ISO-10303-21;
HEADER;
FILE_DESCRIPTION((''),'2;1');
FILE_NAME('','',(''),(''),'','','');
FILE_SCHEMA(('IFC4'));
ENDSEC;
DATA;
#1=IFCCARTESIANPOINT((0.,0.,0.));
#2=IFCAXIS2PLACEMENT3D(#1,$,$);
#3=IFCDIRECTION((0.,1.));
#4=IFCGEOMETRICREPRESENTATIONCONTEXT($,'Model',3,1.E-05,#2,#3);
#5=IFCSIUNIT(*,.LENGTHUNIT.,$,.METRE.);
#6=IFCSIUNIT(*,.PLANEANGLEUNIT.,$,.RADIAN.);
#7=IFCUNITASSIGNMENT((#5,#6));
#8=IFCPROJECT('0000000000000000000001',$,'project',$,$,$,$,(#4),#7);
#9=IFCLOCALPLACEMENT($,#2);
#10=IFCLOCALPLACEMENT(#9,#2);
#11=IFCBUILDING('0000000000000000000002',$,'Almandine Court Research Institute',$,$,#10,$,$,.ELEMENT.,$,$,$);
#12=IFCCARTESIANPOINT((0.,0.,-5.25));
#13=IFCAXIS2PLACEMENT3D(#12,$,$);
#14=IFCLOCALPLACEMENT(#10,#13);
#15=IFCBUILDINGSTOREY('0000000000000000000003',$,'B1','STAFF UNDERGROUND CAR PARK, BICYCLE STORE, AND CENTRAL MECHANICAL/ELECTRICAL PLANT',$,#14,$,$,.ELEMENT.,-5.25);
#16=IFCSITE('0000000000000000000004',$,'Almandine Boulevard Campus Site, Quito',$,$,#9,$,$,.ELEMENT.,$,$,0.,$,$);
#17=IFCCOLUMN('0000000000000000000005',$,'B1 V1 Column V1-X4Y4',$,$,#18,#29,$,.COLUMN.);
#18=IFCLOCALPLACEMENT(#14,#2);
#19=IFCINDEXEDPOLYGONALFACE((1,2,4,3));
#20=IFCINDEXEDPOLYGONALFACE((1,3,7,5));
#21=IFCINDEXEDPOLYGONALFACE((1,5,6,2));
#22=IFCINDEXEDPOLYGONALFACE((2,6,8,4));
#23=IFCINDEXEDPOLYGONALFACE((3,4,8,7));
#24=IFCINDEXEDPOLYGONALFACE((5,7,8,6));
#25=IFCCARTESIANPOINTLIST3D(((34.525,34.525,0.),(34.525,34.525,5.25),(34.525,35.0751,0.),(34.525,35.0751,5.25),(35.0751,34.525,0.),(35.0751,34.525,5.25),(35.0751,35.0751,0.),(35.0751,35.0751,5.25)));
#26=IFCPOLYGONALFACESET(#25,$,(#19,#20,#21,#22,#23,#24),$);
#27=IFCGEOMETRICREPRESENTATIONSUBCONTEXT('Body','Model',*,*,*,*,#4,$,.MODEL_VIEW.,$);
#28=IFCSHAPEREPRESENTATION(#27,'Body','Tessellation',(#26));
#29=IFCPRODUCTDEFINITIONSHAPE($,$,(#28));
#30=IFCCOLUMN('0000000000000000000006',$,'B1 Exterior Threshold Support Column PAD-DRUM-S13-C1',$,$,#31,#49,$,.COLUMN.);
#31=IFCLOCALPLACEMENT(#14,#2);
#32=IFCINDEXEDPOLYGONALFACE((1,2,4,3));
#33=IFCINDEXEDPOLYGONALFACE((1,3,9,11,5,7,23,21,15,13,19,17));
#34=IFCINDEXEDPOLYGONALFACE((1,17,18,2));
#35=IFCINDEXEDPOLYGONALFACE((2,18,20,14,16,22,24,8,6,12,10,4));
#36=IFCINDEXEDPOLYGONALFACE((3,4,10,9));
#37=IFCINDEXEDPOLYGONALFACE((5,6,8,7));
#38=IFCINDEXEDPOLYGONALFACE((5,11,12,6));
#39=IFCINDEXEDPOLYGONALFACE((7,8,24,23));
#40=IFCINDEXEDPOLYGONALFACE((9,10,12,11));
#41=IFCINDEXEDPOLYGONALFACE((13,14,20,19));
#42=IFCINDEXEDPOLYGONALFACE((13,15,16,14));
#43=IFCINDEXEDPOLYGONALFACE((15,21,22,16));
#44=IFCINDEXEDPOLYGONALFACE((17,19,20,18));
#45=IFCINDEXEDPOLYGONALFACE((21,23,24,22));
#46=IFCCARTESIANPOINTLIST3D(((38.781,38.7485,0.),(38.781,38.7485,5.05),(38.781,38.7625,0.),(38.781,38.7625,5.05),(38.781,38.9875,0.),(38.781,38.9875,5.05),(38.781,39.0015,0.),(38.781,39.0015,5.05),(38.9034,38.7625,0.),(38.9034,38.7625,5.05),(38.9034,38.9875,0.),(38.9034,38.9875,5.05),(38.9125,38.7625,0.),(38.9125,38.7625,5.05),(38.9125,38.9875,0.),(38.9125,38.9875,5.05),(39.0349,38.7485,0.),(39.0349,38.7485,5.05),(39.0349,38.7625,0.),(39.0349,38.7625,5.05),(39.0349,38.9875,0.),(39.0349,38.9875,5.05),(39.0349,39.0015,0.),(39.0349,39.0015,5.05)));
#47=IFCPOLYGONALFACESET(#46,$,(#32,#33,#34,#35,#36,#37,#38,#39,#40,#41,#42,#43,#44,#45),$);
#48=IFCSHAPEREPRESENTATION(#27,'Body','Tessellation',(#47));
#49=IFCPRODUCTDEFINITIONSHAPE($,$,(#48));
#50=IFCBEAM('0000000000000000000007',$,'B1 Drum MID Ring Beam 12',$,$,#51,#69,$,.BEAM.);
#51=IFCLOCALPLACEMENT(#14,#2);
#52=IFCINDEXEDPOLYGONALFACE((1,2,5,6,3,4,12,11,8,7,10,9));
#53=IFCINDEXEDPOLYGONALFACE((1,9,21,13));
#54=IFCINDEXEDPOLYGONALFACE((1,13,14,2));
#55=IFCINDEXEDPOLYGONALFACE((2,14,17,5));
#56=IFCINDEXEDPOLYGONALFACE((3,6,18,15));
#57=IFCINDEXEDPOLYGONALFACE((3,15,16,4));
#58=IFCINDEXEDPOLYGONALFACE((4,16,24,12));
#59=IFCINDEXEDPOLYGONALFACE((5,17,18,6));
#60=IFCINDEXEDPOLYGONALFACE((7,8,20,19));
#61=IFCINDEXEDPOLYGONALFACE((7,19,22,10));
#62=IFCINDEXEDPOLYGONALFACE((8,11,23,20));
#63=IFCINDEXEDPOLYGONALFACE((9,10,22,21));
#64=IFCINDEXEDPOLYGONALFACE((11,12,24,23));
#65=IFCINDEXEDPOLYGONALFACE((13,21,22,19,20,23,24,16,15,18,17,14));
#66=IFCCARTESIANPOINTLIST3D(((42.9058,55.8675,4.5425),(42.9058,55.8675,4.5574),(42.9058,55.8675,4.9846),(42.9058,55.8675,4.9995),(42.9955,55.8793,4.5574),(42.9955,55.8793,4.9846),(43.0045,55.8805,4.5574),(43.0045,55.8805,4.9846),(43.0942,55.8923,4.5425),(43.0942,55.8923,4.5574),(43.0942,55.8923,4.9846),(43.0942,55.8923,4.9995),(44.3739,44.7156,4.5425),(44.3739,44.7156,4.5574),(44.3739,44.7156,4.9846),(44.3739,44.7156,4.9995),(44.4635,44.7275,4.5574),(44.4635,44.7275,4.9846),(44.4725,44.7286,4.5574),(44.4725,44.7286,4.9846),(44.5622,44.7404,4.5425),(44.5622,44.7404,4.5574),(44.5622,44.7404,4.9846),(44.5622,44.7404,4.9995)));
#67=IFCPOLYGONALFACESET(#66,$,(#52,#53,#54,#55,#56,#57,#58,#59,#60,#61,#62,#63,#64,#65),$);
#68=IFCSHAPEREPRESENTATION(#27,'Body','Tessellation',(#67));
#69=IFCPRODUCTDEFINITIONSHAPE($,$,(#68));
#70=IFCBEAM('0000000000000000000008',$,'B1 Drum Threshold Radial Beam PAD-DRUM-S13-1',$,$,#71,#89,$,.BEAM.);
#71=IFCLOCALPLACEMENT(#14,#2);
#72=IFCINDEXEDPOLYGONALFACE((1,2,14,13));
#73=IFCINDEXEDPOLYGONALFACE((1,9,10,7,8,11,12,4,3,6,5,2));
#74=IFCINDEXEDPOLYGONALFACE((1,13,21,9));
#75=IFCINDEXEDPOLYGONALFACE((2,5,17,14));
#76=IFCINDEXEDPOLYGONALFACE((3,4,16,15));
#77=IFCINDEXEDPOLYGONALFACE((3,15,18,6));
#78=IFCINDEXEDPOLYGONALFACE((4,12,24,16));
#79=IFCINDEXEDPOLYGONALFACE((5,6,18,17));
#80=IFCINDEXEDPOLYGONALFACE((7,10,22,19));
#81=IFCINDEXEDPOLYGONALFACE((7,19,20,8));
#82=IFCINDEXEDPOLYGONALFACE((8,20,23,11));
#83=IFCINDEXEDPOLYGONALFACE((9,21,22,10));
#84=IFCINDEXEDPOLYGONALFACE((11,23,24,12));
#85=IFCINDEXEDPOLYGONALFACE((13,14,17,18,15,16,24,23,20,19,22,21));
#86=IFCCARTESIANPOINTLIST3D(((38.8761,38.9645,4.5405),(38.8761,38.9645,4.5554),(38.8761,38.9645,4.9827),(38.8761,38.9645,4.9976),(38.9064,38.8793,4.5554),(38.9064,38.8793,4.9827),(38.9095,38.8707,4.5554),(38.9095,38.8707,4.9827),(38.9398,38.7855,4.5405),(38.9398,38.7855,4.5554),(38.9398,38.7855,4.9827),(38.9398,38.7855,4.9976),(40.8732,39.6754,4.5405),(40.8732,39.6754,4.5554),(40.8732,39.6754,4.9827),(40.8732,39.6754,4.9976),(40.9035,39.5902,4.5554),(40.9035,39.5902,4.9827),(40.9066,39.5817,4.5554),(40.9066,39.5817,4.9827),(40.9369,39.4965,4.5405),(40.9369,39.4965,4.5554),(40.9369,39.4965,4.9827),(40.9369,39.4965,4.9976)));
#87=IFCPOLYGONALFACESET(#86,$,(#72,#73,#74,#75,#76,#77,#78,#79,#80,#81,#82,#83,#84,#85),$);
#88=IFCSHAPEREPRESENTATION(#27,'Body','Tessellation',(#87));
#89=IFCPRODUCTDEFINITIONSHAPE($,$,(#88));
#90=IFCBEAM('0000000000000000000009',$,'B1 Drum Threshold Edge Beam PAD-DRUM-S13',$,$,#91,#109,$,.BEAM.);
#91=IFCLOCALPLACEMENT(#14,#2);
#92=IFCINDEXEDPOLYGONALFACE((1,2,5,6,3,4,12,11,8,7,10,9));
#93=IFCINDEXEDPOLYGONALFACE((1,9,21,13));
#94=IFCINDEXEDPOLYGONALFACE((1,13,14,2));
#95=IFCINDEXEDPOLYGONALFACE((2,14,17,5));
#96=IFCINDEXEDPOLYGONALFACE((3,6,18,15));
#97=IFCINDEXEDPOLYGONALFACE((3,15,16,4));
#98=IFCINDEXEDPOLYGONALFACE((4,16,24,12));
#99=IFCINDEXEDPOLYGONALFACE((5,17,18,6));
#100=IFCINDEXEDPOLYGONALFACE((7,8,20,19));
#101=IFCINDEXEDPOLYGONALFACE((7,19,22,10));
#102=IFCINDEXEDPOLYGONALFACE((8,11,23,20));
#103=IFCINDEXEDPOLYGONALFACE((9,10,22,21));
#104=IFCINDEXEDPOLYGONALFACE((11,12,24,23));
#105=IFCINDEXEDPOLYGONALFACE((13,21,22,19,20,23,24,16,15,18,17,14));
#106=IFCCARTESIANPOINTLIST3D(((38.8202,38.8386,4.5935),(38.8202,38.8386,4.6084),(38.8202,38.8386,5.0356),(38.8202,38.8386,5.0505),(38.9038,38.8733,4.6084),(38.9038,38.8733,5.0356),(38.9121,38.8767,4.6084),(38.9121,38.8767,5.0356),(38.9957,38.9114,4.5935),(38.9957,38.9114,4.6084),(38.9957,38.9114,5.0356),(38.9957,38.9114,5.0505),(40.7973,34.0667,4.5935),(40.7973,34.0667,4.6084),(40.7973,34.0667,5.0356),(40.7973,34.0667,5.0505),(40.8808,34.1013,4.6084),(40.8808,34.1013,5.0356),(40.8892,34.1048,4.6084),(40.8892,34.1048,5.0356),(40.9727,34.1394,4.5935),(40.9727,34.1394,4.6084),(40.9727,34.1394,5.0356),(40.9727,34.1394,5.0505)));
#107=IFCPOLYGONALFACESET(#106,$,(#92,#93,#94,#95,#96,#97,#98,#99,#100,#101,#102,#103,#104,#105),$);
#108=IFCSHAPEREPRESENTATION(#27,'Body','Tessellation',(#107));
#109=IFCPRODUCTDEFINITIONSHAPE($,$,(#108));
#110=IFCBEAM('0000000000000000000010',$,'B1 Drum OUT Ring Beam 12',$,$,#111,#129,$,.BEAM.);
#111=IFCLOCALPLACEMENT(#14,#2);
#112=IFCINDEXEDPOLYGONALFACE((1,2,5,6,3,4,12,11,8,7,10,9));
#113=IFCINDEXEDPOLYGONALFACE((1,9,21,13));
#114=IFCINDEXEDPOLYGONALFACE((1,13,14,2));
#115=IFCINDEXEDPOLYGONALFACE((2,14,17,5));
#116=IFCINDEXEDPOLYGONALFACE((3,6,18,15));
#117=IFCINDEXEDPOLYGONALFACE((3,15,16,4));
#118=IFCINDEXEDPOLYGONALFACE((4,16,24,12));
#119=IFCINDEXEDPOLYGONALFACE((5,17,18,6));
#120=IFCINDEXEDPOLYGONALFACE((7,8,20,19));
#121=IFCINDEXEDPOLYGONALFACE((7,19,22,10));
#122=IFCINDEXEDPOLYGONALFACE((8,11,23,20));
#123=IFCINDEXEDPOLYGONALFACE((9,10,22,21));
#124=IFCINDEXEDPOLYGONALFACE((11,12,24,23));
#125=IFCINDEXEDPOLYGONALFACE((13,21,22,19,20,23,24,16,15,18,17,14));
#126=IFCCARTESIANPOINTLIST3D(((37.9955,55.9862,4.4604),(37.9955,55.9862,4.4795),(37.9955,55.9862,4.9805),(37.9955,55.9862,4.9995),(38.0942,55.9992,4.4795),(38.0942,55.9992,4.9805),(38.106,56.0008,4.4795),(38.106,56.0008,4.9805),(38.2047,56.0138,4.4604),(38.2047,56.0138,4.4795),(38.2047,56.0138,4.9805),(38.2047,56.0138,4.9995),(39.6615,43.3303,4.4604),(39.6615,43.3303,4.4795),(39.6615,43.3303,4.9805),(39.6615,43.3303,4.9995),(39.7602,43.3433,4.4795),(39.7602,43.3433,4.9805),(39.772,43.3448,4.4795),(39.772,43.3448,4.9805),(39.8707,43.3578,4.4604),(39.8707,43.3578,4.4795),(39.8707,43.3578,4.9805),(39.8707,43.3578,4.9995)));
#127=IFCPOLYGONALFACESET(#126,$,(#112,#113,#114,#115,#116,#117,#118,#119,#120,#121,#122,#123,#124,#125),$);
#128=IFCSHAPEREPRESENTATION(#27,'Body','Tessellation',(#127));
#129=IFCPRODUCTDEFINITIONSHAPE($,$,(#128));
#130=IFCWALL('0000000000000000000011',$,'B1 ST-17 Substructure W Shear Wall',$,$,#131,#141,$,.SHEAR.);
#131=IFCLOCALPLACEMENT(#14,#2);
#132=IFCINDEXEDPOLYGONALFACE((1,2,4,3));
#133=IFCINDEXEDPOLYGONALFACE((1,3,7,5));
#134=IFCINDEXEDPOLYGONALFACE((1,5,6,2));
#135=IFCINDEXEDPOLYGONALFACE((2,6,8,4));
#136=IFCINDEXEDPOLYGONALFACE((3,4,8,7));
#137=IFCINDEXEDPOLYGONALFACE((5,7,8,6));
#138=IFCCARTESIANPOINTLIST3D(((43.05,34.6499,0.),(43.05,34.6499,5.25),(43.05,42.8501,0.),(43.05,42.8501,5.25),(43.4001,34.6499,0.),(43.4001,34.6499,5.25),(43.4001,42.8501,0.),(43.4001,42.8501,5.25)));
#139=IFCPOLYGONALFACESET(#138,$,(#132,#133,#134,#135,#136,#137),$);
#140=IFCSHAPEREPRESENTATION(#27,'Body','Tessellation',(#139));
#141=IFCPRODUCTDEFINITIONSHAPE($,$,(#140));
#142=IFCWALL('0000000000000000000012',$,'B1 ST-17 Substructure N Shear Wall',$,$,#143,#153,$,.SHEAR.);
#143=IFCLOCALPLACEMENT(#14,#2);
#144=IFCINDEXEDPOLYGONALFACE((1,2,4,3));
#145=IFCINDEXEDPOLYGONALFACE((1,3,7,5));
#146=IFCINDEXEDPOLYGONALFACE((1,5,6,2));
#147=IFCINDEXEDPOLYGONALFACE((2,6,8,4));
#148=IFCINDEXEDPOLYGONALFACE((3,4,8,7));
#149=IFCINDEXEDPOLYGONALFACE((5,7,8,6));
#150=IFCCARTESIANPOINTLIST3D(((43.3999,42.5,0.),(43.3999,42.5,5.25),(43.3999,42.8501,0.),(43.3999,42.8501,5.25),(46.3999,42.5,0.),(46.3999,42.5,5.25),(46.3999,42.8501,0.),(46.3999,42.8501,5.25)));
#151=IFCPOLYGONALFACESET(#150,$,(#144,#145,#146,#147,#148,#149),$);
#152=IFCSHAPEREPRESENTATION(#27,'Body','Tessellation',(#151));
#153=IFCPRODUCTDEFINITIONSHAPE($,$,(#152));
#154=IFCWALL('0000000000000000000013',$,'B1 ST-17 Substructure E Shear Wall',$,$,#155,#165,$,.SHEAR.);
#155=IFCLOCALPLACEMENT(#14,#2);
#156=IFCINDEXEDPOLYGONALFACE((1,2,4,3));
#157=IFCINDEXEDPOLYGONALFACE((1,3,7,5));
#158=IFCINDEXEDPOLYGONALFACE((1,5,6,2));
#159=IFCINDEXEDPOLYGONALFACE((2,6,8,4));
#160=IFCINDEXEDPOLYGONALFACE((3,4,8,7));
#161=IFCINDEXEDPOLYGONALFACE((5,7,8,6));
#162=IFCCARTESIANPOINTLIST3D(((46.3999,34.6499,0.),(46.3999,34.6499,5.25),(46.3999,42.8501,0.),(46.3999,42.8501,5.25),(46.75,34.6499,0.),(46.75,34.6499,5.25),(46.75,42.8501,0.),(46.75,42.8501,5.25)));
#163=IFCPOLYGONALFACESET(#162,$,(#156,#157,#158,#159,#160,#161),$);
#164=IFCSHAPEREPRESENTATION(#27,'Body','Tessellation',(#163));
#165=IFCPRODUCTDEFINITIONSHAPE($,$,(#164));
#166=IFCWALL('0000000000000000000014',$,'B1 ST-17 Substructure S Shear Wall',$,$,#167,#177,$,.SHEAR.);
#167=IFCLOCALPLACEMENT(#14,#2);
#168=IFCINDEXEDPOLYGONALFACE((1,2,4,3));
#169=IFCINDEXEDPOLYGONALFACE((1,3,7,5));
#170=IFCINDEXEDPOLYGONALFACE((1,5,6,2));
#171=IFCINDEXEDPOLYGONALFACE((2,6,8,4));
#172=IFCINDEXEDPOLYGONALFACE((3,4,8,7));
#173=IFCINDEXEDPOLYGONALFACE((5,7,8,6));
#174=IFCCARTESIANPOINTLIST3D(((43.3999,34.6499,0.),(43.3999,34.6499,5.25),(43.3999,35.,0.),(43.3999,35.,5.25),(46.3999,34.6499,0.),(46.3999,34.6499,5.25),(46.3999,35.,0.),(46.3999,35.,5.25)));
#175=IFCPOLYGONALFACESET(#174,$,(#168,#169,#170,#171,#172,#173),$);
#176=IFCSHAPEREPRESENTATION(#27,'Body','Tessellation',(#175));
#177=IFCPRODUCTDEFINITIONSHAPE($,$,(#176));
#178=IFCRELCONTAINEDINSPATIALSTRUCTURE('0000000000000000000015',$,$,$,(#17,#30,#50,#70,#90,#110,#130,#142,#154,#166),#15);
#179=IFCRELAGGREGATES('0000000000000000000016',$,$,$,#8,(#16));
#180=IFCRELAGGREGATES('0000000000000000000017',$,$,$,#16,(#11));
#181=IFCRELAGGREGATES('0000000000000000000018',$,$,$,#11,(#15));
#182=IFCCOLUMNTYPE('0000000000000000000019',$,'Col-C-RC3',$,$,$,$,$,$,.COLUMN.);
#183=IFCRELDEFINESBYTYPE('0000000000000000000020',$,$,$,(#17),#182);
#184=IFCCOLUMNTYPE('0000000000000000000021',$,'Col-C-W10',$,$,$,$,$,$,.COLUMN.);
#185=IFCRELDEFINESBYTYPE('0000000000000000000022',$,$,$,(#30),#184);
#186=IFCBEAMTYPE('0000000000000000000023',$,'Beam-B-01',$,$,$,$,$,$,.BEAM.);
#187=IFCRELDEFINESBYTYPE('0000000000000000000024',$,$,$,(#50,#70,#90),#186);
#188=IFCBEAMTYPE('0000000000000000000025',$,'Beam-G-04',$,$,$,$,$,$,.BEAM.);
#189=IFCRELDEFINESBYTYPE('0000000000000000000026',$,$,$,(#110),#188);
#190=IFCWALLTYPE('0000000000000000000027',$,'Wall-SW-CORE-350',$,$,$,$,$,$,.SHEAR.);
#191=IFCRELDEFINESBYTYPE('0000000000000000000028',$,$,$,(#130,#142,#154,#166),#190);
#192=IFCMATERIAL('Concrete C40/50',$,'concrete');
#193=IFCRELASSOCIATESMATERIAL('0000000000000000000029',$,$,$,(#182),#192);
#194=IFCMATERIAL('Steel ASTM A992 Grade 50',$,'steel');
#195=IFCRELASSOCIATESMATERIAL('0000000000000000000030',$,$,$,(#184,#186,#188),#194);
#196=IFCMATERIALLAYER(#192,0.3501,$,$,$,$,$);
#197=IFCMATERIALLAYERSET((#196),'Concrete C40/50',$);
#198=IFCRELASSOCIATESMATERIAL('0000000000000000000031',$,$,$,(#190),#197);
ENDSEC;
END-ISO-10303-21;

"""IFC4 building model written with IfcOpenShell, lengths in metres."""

from ifc_helpers import new_model, si_unit, direction, frame, frame_2d, origin, origin_2d, place, context, subcontext, project, spatial, rectangle, i_section, extrude, material, layer, layer_set, material_profile, profile_set, type_object, element, save


model = new_model("IFC4")

# Units and contexts
model_context = context("Model", 3, precision=1e-05, world=origin(), true_north=direction((0.0, 1.0)))
body_context = subcontext(model_context, "Body", "Model", "MODEL_VIEW")
ifc_project = project(units=[si_unit("LENGTHUNIT", "METRE"), si_unit("PLANEANGLEUNIT", "RADIAN")], contexts=[model_context])

# Site, building, storey
site_placement = place(None, origin())
site = spatial("IfcSite", under=ifc_project, at=site_placement, Name="Almandine Boulevard Campus Site, Quito", CompositionType="ELEMENT", RefElevation=0.0)
building_placement = place(site_placement, origin())
building = spatial("IfcBuilding", under=site, at=building_placement, Name="Almandine Court Research Institute", CompositionType="ELEMENT")
storey_placement = place(building_placement, frame((0.0, 0.0, -5.25)))
storey = spatial("IfcBuildingStorey", under=building, at=storey_placement, Name="B1", Description="STAFF UNDERGROUND CAR PARK, BICYCLE STORE, AND CENTRAL MECHANICAL/ELECTRICAL PLANT", CompositionType="ELEMENT", Elevation=-5.25)

# Columns
ifc_material_1 = material(Name="Concrete C40/50", Category="concrete")
ifc_material_profile_1 = material_profile(ifc_material_1, rectangle(XDim=0.55, YDim=0.55, at=origin_2d()), Name="RC 550x550")
ifc_profile_set_1 = profile_set([ifc_material_profile_1], Name="Concrete C40/50")
column_type_1 = type_object("IfcColumnType", Name="Col-C-RC3", PredefinedType="COLUMN", material=ifc_profile_set_1)
column_1_placement = place(storey_placement, frame((34.8, 34.8, 0.0), z_axis=(0.0, 0.0, 1.0), x_axis=(1.0, 0.0, 0.0)))
element("IfcColumn", 1, at=column_1_placement, inside=storey, type_object=column_type_1, Name="B1 V1 Column V1-X4Y4", PredefinedType="COLUMN", context=body_context, shape_type="SweptSolid", body=[
    extrude(rectangle(XDim=0.55, YDim=0.55, at=origin_2d()), origin(), (0.0, 0.0, 1.0), 5.25),
])
ifc_material_2 = material(Name="Steel ASTM A992 Grade 50", Category="steel")
ifc_material_profile_2 = material_profile(ifc_material_2, i_section(OverallWidth=0.2539, OverallDepth=0.2529, WebThickness=0.009, FlangeThickness=0.0139, at=origin_2d()), Name="W250x73")
ifc_profile_set_2 = profile_set([ifc_material_profile_2], Name="Steel ASTM A992 Grade 50")
column_type_2 = type_object("IfcColumnType", Name="Col-C-W10", PredefinedType="COLUMN", material=ifc_profile_set_2)
column_2_placement = place(storey_placement, frame((38.908, 38.875, 0.0), z_axis=(0.0, 0.0, 1.0), x_axis=(1.0, 0.0, 0.0)))
element("IfcColumn", 2, at=column_2_placement, inside=storey, type_object=column_type_2, Name="B1 Exterior Threshold Support Column PAD-DRUM-S13-C1", PredefinedType="COLUMN", context=body_context, shape_type="SweptSolid", body=[
    extrude(i_section(OverallWidth=0.2539, OverallDepth=0.2529, WebThickness=0.009, FlangeThickness=0.0139, at=origin_2d()), origin(), (0.0, 0.0, 1.0), 5.05),
])

# Beams
ifc_material_profile_3 = material_profile(ifc_material_2, i_section(OverallWidth=0.1899, OverallDepth=0.457, WebThickness=0.009, FlangeThickness=0.0149, at=origin_2d()), Name="W460x74")
ifc_profile_set_3 = profile_set([ifc_material_profile_3], Name="Steel ASTM A992 Grade 50")
beam_type_1 = type_object("IfcBeamType", Name="Beam-B-01", PredefinedType="BEAM", material=ifc_profile_set_3)
beam_1_placement = place(storey_placement, frame((43.0, 55.8799, 4.771), z_axis=(0.130513, -0.991447, 0.0), x_axis=(0.991447, 0.130513, 0.0)))
element("IfcBeam", 3, at=beam_1_placement, inside=storey, type_object=beam_type_1, Name="B1 Drum MID Ring Beam 12", PredefinedType="BEAM", context=body_context, shape_type="SweptSolid", body=[
    extrude(i_section(OverallWidth=0.1899, OverallDepth=0.457, WebThickness=0.009, FlangeThickness=0.0149, at=origin_2d()), origin(), (0.0, 0.0, 1.0), 11.248),
])
beam_2_placement = place(storey_placement, frame((38.908, 38.875, 4.769), z_axis=(0.942085, 0.335373, 0.0), x_axis=(-0.335373, 0.942085, 0.0)))
element("IfcBeam", 4, at=beam_2_placement, inside=storey, type_object=beam_type_1, Name="B1 Drum Threshold Radial Beam PAD-DRUM-S13-1", PredefinedType="BEAM", context=body_context, shape_type="SweptSolid", body=[
    extrude(i_section(OverallWidth=0.1899, OverallDepth=0.457, WebThickness=0.009, FlangeThickness=0.0149, at=origin_2d()), origin(), (0.0, 0.0, 1.0), 2.1199),
])
beam_3_placement = place(storey_placement, frame((38.908, 38.875, 4.822), z_axis=(0.382755, -0.92385, 0.0), x_axis=(0.92385, 0.382755, 0.0)))
element("IfcBeam", 5, at=beam_3_placement, inside=storey, type_object=beam_type_1, Name="B1 Drum Threshold Edge Beam PAD-DRUM-S13", PredefinedType="BEAM", context=body_context, shape_type="SweptSolid", body=[
    extrude(i_section(OverallWidth=0.1899, OverallDepth=0.457, WebThickness=0.009, FlangeThickness=0.0149, at=origin_2d()), origin(), (0.0, 0.0, 1.0), 5.1653),
])
ifc_material_profile_4 = material_profile(ifc_material_2, i_section(OverallWidth=0.2109, OverallDepth=0.5391, WebThickness=0.012, FlangeThickness=0.019, at=origin_2d()), Name="W530x109")
ifc_profile_set_4 = profile_set([ifc_material_profile_4], Name="Steel ASTM A992 Grade 50")
beam_type_2 = type_object("IfcBeamType", Name="Beam-G-04", PredefinedType="BEAM", material=ifc_profile_set_4)
beam_4_placement = place(storey_placement, frame((38.1001, 56.0, 4.73), z_axis=(0.130512, -0.991447, 0.0), x_axis=(0.991447, 0.130512, 0.0)))
element("IfcBeam", 6, at=beam_4_placement, inside=storey, type_object=beam_type_2, Name="B1 Drum OUT Ring Beam 12", PredefinedType="BEAM", context=body_context, shape_type="SweptSolid", body=[
    extrude(i_section(OverallWidth=0.2109, OverallDepth=0.5391, WebThickness=0.012, FlangeThickness=0.019, at=origin_2d()), origin(), (0.0, 0.0, 1.0), 12.7651),
])

# Walls
ifc_layer = layer(ifc_material_1, 0.3501)
ifc_layer_set = layer_set([ifc_layer], Name="Concrete C40/50")
wall_type = type_object("IfcWallType", Name="Wall-SW-CORE-350", PredefinedType="SHEAR", material=ifc_layer_set)
wall_1_placement = place(storey_placement, frame((43.2251, 34.6499, 0.0), z_axis=(0.0, 0.0, 1.0), x_axis=(0.0, 1.0, 0.0)))
element("IfcWall", 7, at=wall_1_placement, inside=storey, type_object=wall_type, Name="B1 ST-17 Substructure W Shear Wall", PredefinedType="SHEAR", context=body_context, shape_type="SweptSolid", body=[
    extrude(rectangle(XDim=8.2002, YDim=0.3501, at=frame_2d((4.1001, 0.0))), origin(), (0.0, 0.0, 1.0), 5.25),
])
wall_2_placement = place(storey_placement, frame((43.3999, 42.675, 0.0), z_axis=(0.0, 0.0, 1.0), x_axis=(1.0, 0.0, 0.0)))
element("IfcWall", 8, at=wall_2_placement, inside=storey, type_object=wall_type, Name="B1 ST-17 Substructure N Shear Wall", PredefinedType="SHEAR", context=body_context, shape_type="SweptSolid", body=[
    extrude(rectangle(XDim=3.0, YDim=0.3501, at=frame_2d((1.5, 0.0))), origin(), (0.0, 0.0, 1.0), 5.25),
])
wall_3_placement = place(storey_placement, frame((46.575, 42.8501, 0.0), z_axis=(0.0, 0.0, 1.0), x_axis=(0.0, -1.0, 0.0)))
element("IfcWall", 9, at=wall_3_placement, inside=storey, type_object=wall_type, Name="B1 ST-17 Substructure E Shear Wall", PredefinedType="SHEAR", context=body_context, shape_type="SweptSolid", body=[
    extrude(rectangle(XDim=8.2002, YDim=0.3501, at=frame_2d((4.1001, 0.0))), origin(), (0.0, 0.0, 1.0), 5.25),
])
wall_4_placement = place(storey_placement, frame((46.3999, 34.825, 0.0), z_axis=(0.0, 0.0, 1.0), x_axis=(-1.0, 0.0, 0.0)))
element("IfcWall", 10, at=wall_4_placement, inside=storey, type_object=wall_type, Name="B1 ST-17 Substructure S Shear Wall", PredefinedType="SHEAR", context=body_context, shape_type="SweptSolid", body=[
    extrude(rectangle(XDim=3.0, YDim=0.3501, at=frame_2d((1.5, 0.0))), origin(), (0.0, 0.0, 1.0), 5.25),
])

save(model, "model.ifc")
